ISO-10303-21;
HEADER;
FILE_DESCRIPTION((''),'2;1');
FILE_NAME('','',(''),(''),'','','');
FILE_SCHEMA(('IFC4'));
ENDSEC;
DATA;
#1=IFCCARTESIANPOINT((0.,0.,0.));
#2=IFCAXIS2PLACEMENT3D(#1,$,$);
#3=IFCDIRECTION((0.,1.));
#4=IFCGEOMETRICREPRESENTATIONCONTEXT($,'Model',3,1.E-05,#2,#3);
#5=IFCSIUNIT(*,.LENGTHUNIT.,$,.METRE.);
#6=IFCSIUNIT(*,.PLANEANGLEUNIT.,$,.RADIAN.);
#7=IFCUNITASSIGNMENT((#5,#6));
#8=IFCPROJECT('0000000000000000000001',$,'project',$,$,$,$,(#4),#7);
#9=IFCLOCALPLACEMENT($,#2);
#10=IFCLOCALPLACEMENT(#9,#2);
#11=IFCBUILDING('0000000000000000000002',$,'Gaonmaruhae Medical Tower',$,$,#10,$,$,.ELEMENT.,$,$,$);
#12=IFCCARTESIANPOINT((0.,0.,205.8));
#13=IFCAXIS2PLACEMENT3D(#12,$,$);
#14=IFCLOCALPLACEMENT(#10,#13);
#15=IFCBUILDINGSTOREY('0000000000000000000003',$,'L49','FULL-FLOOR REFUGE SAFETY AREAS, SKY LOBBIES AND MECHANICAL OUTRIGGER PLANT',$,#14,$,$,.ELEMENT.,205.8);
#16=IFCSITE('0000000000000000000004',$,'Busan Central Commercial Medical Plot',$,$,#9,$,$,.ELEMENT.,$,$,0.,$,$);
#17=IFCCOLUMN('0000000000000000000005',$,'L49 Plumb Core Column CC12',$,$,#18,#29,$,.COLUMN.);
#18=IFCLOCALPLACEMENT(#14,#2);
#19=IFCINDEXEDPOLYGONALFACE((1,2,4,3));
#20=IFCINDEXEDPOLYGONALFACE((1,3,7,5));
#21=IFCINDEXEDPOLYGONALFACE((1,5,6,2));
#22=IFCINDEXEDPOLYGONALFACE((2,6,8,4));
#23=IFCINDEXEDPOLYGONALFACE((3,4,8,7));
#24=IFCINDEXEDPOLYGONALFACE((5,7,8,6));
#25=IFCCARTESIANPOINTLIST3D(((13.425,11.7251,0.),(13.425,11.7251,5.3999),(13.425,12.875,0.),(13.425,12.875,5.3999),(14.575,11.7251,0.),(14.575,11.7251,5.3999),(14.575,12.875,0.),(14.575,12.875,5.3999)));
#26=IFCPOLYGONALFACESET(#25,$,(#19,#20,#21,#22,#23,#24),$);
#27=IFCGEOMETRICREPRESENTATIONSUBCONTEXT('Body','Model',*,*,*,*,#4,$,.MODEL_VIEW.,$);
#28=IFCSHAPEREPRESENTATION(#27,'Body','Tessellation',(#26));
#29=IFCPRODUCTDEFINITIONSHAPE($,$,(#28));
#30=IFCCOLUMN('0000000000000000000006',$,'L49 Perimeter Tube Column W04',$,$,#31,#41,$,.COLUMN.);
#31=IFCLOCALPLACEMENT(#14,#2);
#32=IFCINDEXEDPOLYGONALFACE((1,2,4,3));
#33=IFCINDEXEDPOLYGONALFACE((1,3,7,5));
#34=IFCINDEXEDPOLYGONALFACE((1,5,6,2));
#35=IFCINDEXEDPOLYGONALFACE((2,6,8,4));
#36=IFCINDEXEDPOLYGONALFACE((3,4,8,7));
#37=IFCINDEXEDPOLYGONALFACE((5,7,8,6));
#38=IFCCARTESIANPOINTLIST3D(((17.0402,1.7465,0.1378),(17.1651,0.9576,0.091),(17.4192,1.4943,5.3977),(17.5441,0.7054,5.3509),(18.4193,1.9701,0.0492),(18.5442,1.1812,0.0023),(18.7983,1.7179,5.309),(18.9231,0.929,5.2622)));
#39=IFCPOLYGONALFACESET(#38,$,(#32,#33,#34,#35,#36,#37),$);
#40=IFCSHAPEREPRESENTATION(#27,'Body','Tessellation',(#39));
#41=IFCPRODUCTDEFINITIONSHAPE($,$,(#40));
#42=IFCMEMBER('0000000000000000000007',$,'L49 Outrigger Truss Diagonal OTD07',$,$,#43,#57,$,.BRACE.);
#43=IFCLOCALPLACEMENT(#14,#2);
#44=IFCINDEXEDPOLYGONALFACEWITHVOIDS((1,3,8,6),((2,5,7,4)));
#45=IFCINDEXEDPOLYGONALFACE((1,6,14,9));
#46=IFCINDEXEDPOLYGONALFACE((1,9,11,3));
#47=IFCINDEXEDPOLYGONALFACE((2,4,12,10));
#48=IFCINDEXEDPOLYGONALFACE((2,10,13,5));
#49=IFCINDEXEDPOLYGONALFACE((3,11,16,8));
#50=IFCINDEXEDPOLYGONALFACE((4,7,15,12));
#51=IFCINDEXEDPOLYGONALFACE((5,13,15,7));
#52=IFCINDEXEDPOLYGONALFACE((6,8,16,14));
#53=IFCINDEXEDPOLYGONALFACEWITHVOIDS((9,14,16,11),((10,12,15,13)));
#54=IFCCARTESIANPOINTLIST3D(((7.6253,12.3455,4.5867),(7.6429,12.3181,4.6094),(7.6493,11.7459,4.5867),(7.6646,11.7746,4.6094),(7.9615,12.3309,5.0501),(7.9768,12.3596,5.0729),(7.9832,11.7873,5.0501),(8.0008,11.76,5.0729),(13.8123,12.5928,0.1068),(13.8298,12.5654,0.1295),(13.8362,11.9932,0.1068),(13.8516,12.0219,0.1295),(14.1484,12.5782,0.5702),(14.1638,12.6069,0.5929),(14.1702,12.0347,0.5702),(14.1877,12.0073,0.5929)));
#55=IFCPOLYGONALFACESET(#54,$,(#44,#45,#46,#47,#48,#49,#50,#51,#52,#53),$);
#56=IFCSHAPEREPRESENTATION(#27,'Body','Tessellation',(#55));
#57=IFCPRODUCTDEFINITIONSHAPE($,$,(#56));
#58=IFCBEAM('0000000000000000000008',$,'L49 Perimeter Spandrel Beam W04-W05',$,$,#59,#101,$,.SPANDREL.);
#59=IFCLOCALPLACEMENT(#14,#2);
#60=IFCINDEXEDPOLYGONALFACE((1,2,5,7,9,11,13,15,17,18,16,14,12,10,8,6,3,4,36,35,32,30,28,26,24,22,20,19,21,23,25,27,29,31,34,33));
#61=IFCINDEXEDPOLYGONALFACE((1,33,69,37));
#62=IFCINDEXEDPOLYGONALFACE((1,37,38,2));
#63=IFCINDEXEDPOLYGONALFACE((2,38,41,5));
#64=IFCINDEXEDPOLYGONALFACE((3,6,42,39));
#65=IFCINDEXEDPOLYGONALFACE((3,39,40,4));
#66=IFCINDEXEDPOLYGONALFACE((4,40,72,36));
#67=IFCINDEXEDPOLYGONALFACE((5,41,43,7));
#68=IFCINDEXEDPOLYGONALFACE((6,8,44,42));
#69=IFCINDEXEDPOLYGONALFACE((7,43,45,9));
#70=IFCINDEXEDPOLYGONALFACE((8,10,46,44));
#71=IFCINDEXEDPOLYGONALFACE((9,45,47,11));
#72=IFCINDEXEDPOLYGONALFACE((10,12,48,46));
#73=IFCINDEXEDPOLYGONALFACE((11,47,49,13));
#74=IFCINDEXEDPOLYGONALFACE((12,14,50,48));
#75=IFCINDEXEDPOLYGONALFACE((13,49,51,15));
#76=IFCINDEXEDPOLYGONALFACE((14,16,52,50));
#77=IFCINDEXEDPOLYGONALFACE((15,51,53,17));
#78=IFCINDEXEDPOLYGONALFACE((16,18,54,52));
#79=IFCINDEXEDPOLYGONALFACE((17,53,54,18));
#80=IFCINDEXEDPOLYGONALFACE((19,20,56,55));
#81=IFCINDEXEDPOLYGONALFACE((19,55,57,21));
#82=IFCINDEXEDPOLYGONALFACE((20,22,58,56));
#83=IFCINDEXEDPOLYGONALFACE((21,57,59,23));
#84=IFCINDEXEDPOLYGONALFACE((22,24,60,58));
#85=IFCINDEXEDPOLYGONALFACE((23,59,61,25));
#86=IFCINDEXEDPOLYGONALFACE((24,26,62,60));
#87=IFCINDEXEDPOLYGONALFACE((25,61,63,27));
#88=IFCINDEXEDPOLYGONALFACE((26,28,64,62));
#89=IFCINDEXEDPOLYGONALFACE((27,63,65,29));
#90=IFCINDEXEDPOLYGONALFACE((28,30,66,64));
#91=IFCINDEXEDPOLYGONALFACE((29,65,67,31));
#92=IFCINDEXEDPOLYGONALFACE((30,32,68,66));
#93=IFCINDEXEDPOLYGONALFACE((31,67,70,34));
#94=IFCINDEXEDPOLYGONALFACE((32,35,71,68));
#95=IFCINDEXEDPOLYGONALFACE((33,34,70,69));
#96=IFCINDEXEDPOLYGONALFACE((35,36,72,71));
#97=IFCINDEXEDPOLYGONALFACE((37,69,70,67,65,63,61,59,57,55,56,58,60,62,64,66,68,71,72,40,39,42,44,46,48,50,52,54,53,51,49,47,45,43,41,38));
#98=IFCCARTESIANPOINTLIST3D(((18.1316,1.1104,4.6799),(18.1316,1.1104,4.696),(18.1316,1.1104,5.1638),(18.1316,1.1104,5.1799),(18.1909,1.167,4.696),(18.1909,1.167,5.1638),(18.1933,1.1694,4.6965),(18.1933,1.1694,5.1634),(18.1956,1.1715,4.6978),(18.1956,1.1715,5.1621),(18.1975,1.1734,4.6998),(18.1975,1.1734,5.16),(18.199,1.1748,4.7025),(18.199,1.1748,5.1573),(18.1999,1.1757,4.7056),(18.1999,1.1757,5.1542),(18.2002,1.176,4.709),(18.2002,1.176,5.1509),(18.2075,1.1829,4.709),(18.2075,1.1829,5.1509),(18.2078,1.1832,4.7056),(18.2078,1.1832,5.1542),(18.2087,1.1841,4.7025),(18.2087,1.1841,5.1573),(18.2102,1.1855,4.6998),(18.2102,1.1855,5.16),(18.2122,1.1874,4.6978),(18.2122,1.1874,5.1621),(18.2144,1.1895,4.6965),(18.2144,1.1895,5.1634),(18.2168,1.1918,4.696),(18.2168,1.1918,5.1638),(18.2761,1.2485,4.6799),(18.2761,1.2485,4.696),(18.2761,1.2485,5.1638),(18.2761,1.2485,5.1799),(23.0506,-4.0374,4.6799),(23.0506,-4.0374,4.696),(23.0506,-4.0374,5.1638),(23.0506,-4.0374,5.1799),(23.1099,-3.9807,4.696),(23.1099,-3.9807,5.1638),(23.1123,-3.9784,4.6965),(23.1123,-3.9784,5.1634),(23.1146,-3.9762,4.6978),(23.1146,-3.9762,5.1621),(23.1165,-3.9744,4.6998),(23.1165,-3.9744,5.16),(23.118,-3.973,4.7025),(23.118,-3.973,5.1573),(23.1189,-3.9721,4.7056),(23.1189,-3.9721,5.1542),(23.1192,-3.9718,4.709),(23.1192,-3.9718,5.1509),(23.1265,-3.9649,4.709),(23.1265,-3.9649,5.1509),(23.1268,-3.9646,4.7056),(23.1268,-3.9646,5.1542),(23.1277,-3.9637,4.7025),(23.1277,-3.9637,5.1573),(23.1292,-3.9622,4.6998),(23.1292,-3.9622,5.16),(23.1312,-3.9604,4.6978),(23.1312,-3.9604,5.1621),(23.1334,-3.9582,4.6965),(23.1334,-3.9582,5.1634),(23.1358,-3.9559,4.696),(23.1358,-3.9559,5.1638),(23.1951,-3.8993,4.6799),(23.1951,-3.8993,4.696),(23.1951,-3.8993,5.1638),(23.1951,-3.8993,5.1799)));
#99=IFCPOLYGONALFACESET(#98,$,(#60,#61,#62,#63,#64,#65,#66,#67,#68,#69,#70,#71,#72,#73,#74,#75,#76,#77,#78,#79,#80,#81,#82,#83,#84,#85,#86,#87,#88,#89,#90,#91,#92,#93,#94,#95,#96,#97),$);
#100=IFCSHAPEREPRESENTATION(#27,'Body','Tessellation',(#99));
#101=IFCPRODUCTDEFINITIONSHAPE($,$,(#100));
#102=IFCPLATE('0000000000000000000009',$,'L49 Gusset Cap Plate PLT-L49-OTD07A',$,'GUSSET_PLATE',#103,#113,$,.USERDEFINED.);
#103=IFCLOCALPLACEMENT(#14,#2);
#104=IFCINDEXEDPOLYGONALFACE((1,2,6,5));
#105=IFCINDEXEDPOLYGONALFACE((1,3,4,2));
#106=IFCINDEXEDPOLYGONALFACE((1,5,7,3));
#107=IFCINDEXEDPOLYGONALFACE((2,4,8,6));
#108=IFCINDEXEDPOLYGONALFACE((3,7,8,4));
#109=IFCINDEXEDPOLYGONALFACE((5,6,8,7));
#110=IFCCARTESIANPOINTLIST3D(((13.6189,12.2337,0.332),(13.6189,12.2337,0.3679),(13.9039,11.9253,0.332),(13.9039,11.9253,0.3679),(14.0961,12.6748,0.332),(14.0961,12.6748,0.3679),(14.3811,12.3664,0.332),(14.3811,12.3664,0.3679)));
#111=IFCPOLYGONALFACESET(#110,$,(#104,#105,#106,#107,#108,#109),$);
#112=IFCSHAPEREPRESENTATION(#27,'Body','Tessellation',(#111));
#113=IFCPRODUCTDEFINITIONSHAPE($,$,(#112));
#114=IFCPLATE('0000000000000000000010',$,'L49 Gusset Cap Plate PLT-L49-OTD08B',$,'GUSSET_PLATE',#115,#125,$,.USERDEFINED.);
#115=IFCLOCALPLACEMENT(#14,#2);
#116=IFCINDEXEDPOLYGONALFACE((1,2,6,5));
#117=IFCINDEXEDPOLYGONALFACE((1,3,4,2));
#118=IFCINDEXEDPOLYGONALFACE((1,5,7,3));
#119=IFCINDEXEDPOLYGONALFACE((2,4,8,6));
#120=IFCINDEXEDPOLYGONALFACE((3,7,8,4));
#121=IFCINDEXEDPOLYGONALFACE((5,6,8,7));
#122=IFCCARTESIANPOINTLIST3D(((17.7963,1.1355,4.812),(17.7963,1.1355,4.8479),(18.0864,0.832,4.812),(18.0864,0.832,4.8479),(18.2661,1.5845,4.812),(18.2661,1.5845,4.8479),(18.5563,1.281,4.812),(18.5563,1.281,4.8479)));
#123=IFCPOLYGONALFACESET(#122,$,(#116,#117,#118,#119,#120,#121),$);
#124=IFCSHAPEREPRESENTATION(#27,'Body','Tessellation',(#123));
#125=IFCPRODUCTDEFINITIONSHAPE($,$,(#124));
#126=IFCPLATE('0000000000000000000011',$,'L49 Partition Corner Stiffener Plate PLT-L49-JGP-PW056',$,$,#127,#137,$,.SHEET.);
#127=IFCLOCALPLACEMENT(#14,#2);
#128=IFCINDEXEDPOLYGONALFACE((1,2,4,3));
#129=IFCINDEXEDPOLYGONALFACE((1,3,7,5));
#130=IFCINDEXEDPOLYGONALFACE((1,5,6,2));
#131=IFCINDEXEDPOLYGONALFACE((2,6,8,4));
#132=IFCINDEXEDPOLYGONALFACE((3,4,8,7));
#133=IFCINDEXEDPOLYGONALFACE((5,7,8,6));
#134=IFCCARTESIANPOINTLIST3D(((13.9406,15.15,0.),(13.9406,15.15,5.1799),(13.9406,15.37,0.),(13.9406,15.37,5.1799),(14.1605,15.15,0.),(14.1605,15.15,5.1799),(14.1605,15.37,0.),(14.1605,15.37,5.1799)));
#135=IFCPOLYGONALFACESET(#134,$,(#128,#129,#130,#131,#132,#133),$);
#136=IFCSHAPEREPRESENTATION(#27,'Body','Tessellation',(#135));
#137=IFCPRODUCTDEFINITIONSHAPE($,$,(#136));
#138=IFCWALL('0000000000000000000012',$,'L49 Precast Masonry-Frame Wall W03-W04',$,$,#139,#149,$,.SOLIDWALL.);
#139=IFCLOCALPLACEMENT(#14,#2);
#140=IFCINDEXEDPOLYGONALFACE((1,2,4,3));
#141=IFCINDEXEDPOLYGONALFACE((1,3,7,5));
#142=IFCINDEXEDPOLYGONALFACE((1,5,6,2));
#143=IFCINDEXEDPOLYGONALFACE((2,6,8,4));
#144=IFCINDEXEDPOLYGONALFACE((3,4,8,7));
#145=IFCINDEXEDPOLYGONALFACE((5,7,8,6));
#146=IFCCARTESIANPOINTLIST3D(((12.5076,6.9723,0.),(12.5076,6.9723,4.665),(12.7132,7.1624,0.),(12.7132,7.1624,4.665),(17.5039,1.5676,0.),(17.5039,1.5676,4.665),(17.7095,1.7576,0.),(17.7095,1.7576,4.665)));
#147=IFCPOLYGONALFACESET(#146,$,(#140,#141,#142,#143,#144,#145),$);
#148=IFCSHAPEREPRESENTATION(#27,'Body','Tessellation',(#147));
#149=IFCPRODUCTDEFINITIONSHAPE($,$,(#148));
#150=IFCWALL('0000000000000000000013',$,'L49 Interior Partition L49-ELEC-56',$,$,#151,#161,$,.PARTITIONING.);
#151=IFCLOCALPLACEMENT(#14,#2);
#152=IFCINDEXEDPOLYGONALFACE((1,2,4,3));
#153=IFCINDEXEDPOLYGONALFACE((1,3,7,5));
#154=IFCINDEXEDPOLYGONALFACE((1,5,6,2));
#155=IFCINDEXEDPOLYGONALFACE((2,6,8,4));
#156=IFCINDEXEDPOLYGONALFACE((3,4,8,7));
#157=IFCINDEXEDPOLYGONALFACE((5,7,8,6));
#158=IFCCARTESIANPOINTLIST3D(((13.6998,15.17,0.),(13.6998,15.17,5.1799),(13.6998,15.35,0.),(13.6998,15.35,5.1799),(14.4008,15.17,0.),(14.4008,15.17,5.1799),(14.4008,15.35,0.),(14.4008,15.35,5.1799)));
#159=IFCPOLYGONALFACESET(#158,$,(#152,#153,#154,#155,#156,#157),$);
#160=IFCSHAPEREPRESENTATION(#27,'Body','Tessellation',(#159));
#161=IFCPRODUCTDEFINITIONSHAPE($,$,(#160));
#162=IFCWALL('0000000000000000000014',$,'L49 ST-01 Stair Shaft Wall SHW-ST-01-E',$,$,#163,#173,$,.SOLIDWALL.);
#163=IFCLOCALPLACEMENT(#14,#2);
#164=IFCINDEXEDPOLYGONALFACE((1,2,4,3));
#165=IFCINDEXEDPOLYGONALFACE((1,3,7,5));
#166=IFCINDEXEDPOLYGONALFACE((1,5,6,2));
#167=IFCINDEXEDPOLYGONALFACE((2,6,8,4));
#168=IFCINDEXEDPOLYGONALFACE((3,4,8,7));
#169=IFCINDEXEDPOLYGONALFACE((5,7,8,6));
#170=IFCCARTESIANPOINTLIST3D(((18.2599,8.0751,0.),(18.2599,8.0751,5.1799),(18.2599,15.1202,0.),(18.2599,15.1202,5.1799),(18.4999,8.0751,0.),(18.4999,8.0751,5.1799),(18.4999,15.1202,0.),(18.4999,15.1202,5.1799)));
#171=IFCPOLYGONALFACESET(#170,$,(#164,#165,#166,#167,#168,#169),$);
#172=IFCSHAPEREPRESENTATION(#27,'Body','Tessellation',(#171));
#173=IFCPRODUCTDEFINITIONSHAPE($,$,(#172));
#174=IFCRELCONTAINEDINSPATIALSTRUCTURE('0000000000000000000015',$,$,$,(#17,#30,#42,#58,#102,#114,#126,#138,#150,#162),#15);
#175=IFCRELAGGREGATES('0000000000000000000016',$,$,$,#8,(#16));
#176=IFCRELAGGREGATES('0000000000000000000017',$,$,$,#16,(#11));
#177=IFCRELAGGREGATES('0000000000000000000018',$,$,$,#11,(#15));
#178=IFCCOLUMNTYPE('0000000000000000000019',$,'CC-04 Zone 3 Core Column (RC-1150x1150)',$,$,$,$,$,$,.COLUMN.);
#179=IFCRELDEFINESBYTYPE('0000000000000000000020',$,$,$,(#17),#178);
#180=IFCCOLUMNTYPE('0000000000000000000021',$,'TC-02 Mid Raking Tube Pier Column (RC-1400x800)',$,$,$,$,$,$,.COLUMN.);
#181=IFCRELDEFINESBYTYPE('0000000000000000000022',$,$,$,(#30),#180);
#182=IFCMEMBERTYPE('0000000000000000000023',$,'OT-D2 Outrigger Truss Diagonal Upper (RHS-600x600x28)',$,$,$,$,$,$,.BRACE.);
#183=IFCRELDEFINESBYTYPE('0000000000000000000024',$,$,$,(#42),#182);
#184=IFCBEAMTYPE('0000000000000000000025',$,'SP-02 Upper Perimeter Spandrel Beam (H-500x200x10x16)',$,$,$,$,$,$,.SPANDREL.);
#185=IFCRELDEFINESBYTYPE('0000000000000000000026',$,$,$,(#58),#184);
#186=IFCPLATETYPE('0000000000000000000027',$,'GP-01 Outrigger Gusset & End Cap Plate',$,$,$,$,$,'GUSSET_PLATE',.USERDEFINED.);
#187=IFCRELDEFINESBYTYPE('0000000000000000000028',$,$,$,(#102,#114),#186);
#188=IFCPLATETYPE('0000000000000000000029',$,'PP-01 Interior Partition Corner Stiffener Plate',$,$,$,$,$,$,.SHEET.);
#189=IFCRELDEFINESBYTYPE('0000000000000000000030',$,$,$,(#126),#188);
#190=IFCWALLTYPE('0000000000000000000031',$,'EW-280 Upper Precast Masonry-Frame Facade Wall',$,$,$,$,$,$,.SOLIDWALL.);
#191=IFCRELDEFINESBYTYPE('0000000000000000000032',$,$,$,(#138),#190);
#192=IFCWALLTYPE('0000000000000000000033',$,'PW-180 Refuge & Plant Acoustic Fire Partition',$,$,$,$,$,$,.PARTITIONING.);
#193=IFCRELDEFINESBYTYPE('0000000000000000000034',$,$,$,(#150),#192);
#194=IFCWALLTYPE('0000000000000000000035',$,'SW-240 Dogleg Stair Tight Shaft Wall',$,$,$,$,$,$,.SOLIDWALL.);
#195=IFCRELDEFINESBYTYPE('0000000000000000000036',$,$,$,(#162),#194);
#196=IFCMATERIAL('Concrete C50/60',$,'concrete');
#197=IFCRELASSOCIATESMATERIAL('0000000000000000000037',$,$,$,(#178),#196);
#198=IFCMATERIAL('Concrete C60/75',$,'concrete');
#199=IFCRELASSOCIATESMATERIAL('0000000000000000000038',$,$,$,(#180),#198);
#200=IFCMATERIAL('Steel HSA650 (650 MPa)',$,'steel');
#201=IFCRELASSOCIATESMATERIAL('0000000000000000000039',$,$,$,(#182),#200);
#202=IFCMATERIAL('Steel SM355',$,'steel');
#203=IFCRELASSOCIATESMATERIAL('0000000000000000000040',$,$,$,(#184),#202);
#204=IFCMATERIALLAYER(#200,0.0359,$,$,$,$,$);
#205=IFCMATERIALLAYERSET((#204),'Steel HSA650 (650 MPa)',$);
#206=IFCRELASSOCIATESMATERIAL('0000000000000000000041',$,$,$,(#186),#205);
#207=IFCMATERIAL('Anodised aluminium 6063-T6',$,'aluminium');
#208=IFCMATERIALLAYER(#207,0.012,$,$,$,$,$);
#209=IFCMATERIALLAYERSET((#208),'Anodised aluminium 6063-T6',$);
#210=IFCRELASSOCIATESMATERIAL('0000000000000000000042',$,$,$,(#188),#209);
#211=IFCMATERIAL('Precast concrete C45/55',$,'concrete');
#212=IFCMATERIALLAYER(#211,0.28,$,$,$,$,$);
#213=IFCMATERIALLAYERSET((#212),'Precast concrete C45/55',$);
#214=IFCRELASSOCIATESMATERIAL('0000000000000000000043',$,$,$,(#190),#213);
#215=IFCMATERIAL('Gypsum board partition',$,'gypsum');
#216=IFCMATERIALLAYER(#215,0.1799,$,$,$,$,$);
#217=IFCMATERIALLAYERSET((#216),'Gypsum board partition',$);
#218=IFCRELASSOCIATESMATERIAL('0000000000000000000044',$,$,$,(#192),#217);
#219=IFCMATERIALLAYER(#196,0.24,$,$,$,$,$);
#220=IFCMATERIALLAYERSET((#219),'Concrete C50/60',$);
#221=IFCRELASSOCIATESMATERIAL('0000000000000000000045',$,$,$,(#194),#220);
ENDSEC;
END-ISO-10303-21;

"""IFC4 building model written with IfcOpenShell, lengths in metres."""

from ifc_helpers import new_model, si_unit, direction, frame, frame_2d, origin, origin_2d, place, context, subcontext, project, spatial, rectangle, hollow_rectangle, i_section, extrude, material, layer, layer_set, material_profile, profile_set, type_object, element, save


model = new_model("IFC4")

# Units and contexts
model_context = context("Model", 3, precision=1e-05, world=origin(), true_north=direction((0.0, 1.0)))
body_context = subcontext(model_context, "Body", "Model", "MODEL_VIEW")
ifc_project = project(units=[si_unit("LENGTHUNIT", "METRE"), si_unit("PLANEANGLEUNIT", "RADIAN")], contexts=[model_context])

# Site, building, storey
site_placement = place(None, origin())
site = spatial("IfcSite", under=ifc_project, at=site_placement, Name="Busan Central Commercial Medical Plot", CompositionType="ELEMENT", RefElevation=0.0)
building_placement = place(site_placement, origin())
building = spatial("IfcBuilding", under=site, at=building_placement, Name="Gaonmaruhae Medical Tower", CompositionType="ELEMENT")
storey_placement = place(building_placement, frame((0.0, 0.0, 205.8)))
storey = spatial("IfcBuildingStorey", under=building, at=storey_placement, Name="L49", Description="FULL-FLOOR REFUGE SAFETY AREAS, SKY LOBBIES AND MECHANICAL OUTRIGGER PLANT", CompositionType="ELEMENT", Elevation=205.8)

# Columns
ifc_material_1 = material(Name="Concrete C50/60", Category="concrete")
ifc_material_profile_1 = material_profile(ifc_material_1, rectangle(XDim=1.1499, YDim=1.1499, at=origin_2d()), Name="RC-1150x1150")
ifc_profile_set_1 = profile_set([ifc_material_profile_1], Name="Concrete C50/60")
column_type_1 = type_object("IfcColumnType", Name="CC-04 Zone 3 Core Column (RC-1150x1150)", PredefinedType="COLUMN", material=ifc_profile_set_1)
column_1_placement = place(storey_placement, frame((14.0, 12.3, 0.0), z_axis=(0.0, 0.0, 1.0), x_axis=(1.0, 0.0, 0.0)))
element("IfcColumn", 1, at=column_1_placement, inside=storey, type_object=column_type_1, Name="L49 Plumb Core Column CC12", PredefinedType="COLUMN", context=body_context, shape_type="SweptSolid", body=[
    extrude(rectangle(XDim=1.1499, YDim=1.1499, at=origin_2d()), origin(), (0.0, 0.0, 1.0), 5.3999),
])
ifc_material_2 = material(Name="Concrete C60/75", Category="concrete")
ifc_material_profile_2 = material_profile(ifc_material_2, rectangle(XDim=1.3999, YDim=0.8, at=origin_2d()), Name="RC-1400x800")
ifc_profile_set_2 = profile_set([ifc_material_profile_2], Name="Concrete C60/75")
column_type_2 = type_object("IfcColumnType", Name="TC-02 Mid Raking Tube Pier Column (RC-1400x800)", PredefinedType="COLUMN", material=ifc_profile_set_2)
column_2_placement = place(storey_placement, frame((17.7922, 1.4639, 0.0701), z_axis=(0.07177, -0.04777, 0.996277), x_axis=(-0.985131, -0.159717, 0.063309)))
element("IfcColumn", 2, at=column_2_placement, inside=storey, type_object=column_type_2, Name="L49 Perimeter Tube Column W04", PredefinedType="COLUMN", context=body_context, shape_type="SweptSolid", body=[
    extrude(rectangle(XDim=1.3999, YDim=0.8, at=origin_2d()), origin(), (0.0, 0.0, 1.0), 5.2795),
])

# Member
ifc_material_3 = material(Name="Steel HSA650 (650 MPa)", Category="steel")
ifc_material_profile_3 = material_profile(ifc_material_3, hollow_rectangle(XDim=0.6001, YDim=0.6001, WallThickness=0.0281, at=origin_2d()), Name="RHS-600x600x28")
ifc_profile_set_3 = profile_set([ifc_material_profile_3], Name="Steel HSA650 (650 MPa)")
member_type = type_object("IfcMemberType", Name="OT-D2 Outrigger Truss Diagonal Upper (RHS-600x600x28)", PredefinedType="BRACE", material=ifc_profile_set_3)
member_placement = place(storey_placement, frame((14.0, 12.3, 0.3499), z_axis=(-0.809535, -0.03236, 0.58618), x_axis=(0.039941, -0.999202, 0.0)))
element("IfcMember", 3, at=member_placement, inside=storey, type_object=member_type, Name="L49 Outrigger Truss Diagonal OTD07", PredefinedType="BRACE", context=body_context, shape_type="SweptSolid", body=[
    extrude(hollow_rectangle(XDim=0.6001, YDim=0.6001, WallThickness=0.0281, at=origin_2d()), origin(), (0.0, 0.0, 1.0), 7.6426),
])

# Beam
ifc_material_4 = material(Name="Steel SM355", Category="steel")
ifc_material_profile_4 = material_profile(ifc_material_4, i_section(OverallWidth=0.2, OverallDepth=0.5, WebThickness=0.01, FlangeThickness=0.0161, FilletRadius=0.0129, at=origin_2d()), Name="H-500x200x10x16")
ifc_profile_set_4 = profile_set([ifc_material_profile_4], Name="Steel SM355")
beam_type = type_object("IfcBeamType", Name="SP-02 Upper Perimeter Spandrel Beam (H-500x200x10x16)", PredefinedType="SPANDREL", material=ifc_profile_set_4)
beam_placement = place(storey_placement, frame((18.2039, 1.1794, 4.9299), z_axis=(0.69086, -0.722989, 0.0), x_axis=(0.722989, 0.69086, 0.0)))
element("IfcBeam", 4, at=beam_placement, inside=storey, type_object=beam_type, Name="L49 Perimeter Spandrel Beam W04-W05", PredefinedType="SPANDREL", context=body_context, shape_type="SweptSolid", body=[
    extrude(i_section(OverallWidth=0.2, OverallDepth=0.5, WebThickness=0.01, FlangeThickness=0.0161, FilletRadius=0.0129, at=origin_2d()), origin(), (0.0, 0.0, 1.0), 7.1201),
])

# Plates
ifc_layer_1 = layer(ifc_material_3, 0.0359)
ifc_layer_set_1 = layer_set([ifc_layer_1], Name="Steel HSA650 (650 MPa)")
plate_type_1 = type_object("IfcPlateType", Name="GP-01 Outrigger Gusset & End Cap Plate", ElementType="GUSSET_PLATE", PredefinedType="USERDEFINED", material=ifc_layer_set_1)
for number, where, z_axis, x_axis, name in (
    (5, (14.0, 12.3, 0.332), (0.0, 0.0, 1.0), (0.734323, 0.678801, 0.0), "L49 Gusset Cap Plate PLT-L49-OTD07A"),
    (6, (18.1763, 1.2083, 4.812), (0.0, 0.0, 1.0), (0.722967, 0.690882, 0.0), "L49 Gusset Cap Plate PLT-L49-OTD08B"),
):
    element("IfcPlate", number, at=place(storey_placement, frame(where, z_axis=z_axis, x_axis=x_axis)), inside=storey, type_object=plate_type_1, Name=name, ObjectType="GUSSET_PLATE", PredefinedType="USERDEFINED", context=body_context, shape_type="SweptSolid", body=[
        extrude(rectangle(XDim=0.6499, YDim=0.4199, at=origin_2d()), origin(), (0.0, 0.0, 1.0), 0.0359),
    ])
ifc_material_5 = material(Name="Anodised aluminium 6063-T6", Category="aluminium")
ifc_layer_2 = layer(ifc_material_5, 0.012)
ifc_layer_set_2 = layer_set([ifc_layer_2], Name="Anodised aluminium 6063-T6")
plate_type_2 = type_object("IfcPlateType", Name="PP-01 Interior Partition Corner Stiffener Plate", PredefinedType="SHEET", material=ifc_layer_set_2)
plate_placement = place(storey_placement, frame((14.0505, 15.26, 0.0), z_axis=(0.0, 0.0, 1.0), x_axis=(-1.0, 0.0, 0.0)))
element("IfcPlate", 7, at=plate_placement, inside=storey, type_object=plate_type_2, Name="L49 Partition Corner Stiffener Plate PLT-L49-JGP-PW056", PredefinedType="SHEET", context=body_context, shape_type="SweptSolid", body=[
    extrude(rectangle(XDim=0.22, YDim=0.22, at=origin_2d()), origin(), (0.0, 0.0, 1.0), 5.1799),
])

# Walls
ifc_material_6 = material(Name="Precast concrete C45/55", Category="concrete")
ifc_layer_3 = layer(ifc_material_6, 0.28)
ifc_layer_set_3 = layer_set([ifc_layer_3], Name="Precast concrete C45/55")
wall_type_1 = type_object("IfcWallType", Name="EW-280 Upper Precast Masonry-Frame Facade Wall", PredefinedType="SOLIDWALL", material=ifc_layer_set_3)
wall_1_placement = place(storey_placement, frame((17.6067, 1.6626, 0.0), z_axis=(0.0, 0.0, 1.0), x_axis=(-0.678816, 0.734309, 0.0)))
element("IfcWall", 8, at=wall_1_placement, inside=storey, type_object=wall_type_1, Name="L49 Precast Masonry-Frame Wall W03-W04", PredefinedType="SOLIDWALL", context=body_context, shape_type="SweptSolid", body=[
    extrude(rectangle(XDim=7.3604, YDim=0.28, at=frame_2d((3.6802, 0.0))), origin(), (0.0, 0.0, 1.0), 4.665),
])
ifc_material_7 = material(Name="Gypsum board partition", Category="gypsum")
ifc_layer_4 = layer(ifc_material_7, 0.1799)
ifc_layer_set_4 = layer_set([ifc_layer_4], Name="Gypsum board partition")
wall_type_2 = type_object("IfcWallType", Name="PW-180 Refuge & Plant Acoustic Fire Partition", PredefinedType="PARTITIONING", material=ifc_layer_set_4)
wall_2_placement = place(storey_placement, frame((14.4009, 15.26, 0.0), z_axis=(0.0, 0.0, 1.0), x_axis=(-1.0, 0.0, 0.0)))
element("IfcWall", 9, at=wall_2_placement, inside=storey, type_object=wall_type_2, Name="L49 Interior Partition L49-ELEC-56", PredefinedType="PARTITIONING", context=body_context, shape_type="SweptSolid", body=[
    extrude(rectangle(XDim=0.7009, YDim=0.1799, at=frame_2d((0.3506, 0.0))), origin(), (0.0, 0.0, 1.0), 5.1799),
])

# Shared definitions
ifc_layer_5 = layer(ifc_material_1, 0.24)
ifc_layer_set_5 = layer_set([ifc_layer_5], Name="Concrete C50/60")
wall_type_3 = type_object("IfcWallType", Name="SW-240 Dogleg Stair Tight Shaft Wall", PredefinedType="SOLIDWALL", material=ifc_layer_set_5)

# Wall
for number, where, z_axis, x_axis, name in (
    (10, (18.3799, 15.1201, 0.0), (0.0, 0.0, 1.0), (0.0, -1.0, 0.0), "L49 ST-01 Stair Shaft Wall SHW-ST-01-E"),
):
    element("IfcWall", number, at=place(storey_placement, frame(where, z_axis=z_axis, x_axis=x_axis)), inside=storey, type_object=wall_type_3, Name=name, PredefinedType="SOLIDWALL", context=body_context, shape_type="SweptSolid", body=[
        extrude(rectangle(XDim=7.0452, YDim=0.24, at=frame_2d((3.5225, 0.0))), origin(), (0.0, 0.0, 1.0), 5.1799),
    ])

save(model, "model.ifc")
